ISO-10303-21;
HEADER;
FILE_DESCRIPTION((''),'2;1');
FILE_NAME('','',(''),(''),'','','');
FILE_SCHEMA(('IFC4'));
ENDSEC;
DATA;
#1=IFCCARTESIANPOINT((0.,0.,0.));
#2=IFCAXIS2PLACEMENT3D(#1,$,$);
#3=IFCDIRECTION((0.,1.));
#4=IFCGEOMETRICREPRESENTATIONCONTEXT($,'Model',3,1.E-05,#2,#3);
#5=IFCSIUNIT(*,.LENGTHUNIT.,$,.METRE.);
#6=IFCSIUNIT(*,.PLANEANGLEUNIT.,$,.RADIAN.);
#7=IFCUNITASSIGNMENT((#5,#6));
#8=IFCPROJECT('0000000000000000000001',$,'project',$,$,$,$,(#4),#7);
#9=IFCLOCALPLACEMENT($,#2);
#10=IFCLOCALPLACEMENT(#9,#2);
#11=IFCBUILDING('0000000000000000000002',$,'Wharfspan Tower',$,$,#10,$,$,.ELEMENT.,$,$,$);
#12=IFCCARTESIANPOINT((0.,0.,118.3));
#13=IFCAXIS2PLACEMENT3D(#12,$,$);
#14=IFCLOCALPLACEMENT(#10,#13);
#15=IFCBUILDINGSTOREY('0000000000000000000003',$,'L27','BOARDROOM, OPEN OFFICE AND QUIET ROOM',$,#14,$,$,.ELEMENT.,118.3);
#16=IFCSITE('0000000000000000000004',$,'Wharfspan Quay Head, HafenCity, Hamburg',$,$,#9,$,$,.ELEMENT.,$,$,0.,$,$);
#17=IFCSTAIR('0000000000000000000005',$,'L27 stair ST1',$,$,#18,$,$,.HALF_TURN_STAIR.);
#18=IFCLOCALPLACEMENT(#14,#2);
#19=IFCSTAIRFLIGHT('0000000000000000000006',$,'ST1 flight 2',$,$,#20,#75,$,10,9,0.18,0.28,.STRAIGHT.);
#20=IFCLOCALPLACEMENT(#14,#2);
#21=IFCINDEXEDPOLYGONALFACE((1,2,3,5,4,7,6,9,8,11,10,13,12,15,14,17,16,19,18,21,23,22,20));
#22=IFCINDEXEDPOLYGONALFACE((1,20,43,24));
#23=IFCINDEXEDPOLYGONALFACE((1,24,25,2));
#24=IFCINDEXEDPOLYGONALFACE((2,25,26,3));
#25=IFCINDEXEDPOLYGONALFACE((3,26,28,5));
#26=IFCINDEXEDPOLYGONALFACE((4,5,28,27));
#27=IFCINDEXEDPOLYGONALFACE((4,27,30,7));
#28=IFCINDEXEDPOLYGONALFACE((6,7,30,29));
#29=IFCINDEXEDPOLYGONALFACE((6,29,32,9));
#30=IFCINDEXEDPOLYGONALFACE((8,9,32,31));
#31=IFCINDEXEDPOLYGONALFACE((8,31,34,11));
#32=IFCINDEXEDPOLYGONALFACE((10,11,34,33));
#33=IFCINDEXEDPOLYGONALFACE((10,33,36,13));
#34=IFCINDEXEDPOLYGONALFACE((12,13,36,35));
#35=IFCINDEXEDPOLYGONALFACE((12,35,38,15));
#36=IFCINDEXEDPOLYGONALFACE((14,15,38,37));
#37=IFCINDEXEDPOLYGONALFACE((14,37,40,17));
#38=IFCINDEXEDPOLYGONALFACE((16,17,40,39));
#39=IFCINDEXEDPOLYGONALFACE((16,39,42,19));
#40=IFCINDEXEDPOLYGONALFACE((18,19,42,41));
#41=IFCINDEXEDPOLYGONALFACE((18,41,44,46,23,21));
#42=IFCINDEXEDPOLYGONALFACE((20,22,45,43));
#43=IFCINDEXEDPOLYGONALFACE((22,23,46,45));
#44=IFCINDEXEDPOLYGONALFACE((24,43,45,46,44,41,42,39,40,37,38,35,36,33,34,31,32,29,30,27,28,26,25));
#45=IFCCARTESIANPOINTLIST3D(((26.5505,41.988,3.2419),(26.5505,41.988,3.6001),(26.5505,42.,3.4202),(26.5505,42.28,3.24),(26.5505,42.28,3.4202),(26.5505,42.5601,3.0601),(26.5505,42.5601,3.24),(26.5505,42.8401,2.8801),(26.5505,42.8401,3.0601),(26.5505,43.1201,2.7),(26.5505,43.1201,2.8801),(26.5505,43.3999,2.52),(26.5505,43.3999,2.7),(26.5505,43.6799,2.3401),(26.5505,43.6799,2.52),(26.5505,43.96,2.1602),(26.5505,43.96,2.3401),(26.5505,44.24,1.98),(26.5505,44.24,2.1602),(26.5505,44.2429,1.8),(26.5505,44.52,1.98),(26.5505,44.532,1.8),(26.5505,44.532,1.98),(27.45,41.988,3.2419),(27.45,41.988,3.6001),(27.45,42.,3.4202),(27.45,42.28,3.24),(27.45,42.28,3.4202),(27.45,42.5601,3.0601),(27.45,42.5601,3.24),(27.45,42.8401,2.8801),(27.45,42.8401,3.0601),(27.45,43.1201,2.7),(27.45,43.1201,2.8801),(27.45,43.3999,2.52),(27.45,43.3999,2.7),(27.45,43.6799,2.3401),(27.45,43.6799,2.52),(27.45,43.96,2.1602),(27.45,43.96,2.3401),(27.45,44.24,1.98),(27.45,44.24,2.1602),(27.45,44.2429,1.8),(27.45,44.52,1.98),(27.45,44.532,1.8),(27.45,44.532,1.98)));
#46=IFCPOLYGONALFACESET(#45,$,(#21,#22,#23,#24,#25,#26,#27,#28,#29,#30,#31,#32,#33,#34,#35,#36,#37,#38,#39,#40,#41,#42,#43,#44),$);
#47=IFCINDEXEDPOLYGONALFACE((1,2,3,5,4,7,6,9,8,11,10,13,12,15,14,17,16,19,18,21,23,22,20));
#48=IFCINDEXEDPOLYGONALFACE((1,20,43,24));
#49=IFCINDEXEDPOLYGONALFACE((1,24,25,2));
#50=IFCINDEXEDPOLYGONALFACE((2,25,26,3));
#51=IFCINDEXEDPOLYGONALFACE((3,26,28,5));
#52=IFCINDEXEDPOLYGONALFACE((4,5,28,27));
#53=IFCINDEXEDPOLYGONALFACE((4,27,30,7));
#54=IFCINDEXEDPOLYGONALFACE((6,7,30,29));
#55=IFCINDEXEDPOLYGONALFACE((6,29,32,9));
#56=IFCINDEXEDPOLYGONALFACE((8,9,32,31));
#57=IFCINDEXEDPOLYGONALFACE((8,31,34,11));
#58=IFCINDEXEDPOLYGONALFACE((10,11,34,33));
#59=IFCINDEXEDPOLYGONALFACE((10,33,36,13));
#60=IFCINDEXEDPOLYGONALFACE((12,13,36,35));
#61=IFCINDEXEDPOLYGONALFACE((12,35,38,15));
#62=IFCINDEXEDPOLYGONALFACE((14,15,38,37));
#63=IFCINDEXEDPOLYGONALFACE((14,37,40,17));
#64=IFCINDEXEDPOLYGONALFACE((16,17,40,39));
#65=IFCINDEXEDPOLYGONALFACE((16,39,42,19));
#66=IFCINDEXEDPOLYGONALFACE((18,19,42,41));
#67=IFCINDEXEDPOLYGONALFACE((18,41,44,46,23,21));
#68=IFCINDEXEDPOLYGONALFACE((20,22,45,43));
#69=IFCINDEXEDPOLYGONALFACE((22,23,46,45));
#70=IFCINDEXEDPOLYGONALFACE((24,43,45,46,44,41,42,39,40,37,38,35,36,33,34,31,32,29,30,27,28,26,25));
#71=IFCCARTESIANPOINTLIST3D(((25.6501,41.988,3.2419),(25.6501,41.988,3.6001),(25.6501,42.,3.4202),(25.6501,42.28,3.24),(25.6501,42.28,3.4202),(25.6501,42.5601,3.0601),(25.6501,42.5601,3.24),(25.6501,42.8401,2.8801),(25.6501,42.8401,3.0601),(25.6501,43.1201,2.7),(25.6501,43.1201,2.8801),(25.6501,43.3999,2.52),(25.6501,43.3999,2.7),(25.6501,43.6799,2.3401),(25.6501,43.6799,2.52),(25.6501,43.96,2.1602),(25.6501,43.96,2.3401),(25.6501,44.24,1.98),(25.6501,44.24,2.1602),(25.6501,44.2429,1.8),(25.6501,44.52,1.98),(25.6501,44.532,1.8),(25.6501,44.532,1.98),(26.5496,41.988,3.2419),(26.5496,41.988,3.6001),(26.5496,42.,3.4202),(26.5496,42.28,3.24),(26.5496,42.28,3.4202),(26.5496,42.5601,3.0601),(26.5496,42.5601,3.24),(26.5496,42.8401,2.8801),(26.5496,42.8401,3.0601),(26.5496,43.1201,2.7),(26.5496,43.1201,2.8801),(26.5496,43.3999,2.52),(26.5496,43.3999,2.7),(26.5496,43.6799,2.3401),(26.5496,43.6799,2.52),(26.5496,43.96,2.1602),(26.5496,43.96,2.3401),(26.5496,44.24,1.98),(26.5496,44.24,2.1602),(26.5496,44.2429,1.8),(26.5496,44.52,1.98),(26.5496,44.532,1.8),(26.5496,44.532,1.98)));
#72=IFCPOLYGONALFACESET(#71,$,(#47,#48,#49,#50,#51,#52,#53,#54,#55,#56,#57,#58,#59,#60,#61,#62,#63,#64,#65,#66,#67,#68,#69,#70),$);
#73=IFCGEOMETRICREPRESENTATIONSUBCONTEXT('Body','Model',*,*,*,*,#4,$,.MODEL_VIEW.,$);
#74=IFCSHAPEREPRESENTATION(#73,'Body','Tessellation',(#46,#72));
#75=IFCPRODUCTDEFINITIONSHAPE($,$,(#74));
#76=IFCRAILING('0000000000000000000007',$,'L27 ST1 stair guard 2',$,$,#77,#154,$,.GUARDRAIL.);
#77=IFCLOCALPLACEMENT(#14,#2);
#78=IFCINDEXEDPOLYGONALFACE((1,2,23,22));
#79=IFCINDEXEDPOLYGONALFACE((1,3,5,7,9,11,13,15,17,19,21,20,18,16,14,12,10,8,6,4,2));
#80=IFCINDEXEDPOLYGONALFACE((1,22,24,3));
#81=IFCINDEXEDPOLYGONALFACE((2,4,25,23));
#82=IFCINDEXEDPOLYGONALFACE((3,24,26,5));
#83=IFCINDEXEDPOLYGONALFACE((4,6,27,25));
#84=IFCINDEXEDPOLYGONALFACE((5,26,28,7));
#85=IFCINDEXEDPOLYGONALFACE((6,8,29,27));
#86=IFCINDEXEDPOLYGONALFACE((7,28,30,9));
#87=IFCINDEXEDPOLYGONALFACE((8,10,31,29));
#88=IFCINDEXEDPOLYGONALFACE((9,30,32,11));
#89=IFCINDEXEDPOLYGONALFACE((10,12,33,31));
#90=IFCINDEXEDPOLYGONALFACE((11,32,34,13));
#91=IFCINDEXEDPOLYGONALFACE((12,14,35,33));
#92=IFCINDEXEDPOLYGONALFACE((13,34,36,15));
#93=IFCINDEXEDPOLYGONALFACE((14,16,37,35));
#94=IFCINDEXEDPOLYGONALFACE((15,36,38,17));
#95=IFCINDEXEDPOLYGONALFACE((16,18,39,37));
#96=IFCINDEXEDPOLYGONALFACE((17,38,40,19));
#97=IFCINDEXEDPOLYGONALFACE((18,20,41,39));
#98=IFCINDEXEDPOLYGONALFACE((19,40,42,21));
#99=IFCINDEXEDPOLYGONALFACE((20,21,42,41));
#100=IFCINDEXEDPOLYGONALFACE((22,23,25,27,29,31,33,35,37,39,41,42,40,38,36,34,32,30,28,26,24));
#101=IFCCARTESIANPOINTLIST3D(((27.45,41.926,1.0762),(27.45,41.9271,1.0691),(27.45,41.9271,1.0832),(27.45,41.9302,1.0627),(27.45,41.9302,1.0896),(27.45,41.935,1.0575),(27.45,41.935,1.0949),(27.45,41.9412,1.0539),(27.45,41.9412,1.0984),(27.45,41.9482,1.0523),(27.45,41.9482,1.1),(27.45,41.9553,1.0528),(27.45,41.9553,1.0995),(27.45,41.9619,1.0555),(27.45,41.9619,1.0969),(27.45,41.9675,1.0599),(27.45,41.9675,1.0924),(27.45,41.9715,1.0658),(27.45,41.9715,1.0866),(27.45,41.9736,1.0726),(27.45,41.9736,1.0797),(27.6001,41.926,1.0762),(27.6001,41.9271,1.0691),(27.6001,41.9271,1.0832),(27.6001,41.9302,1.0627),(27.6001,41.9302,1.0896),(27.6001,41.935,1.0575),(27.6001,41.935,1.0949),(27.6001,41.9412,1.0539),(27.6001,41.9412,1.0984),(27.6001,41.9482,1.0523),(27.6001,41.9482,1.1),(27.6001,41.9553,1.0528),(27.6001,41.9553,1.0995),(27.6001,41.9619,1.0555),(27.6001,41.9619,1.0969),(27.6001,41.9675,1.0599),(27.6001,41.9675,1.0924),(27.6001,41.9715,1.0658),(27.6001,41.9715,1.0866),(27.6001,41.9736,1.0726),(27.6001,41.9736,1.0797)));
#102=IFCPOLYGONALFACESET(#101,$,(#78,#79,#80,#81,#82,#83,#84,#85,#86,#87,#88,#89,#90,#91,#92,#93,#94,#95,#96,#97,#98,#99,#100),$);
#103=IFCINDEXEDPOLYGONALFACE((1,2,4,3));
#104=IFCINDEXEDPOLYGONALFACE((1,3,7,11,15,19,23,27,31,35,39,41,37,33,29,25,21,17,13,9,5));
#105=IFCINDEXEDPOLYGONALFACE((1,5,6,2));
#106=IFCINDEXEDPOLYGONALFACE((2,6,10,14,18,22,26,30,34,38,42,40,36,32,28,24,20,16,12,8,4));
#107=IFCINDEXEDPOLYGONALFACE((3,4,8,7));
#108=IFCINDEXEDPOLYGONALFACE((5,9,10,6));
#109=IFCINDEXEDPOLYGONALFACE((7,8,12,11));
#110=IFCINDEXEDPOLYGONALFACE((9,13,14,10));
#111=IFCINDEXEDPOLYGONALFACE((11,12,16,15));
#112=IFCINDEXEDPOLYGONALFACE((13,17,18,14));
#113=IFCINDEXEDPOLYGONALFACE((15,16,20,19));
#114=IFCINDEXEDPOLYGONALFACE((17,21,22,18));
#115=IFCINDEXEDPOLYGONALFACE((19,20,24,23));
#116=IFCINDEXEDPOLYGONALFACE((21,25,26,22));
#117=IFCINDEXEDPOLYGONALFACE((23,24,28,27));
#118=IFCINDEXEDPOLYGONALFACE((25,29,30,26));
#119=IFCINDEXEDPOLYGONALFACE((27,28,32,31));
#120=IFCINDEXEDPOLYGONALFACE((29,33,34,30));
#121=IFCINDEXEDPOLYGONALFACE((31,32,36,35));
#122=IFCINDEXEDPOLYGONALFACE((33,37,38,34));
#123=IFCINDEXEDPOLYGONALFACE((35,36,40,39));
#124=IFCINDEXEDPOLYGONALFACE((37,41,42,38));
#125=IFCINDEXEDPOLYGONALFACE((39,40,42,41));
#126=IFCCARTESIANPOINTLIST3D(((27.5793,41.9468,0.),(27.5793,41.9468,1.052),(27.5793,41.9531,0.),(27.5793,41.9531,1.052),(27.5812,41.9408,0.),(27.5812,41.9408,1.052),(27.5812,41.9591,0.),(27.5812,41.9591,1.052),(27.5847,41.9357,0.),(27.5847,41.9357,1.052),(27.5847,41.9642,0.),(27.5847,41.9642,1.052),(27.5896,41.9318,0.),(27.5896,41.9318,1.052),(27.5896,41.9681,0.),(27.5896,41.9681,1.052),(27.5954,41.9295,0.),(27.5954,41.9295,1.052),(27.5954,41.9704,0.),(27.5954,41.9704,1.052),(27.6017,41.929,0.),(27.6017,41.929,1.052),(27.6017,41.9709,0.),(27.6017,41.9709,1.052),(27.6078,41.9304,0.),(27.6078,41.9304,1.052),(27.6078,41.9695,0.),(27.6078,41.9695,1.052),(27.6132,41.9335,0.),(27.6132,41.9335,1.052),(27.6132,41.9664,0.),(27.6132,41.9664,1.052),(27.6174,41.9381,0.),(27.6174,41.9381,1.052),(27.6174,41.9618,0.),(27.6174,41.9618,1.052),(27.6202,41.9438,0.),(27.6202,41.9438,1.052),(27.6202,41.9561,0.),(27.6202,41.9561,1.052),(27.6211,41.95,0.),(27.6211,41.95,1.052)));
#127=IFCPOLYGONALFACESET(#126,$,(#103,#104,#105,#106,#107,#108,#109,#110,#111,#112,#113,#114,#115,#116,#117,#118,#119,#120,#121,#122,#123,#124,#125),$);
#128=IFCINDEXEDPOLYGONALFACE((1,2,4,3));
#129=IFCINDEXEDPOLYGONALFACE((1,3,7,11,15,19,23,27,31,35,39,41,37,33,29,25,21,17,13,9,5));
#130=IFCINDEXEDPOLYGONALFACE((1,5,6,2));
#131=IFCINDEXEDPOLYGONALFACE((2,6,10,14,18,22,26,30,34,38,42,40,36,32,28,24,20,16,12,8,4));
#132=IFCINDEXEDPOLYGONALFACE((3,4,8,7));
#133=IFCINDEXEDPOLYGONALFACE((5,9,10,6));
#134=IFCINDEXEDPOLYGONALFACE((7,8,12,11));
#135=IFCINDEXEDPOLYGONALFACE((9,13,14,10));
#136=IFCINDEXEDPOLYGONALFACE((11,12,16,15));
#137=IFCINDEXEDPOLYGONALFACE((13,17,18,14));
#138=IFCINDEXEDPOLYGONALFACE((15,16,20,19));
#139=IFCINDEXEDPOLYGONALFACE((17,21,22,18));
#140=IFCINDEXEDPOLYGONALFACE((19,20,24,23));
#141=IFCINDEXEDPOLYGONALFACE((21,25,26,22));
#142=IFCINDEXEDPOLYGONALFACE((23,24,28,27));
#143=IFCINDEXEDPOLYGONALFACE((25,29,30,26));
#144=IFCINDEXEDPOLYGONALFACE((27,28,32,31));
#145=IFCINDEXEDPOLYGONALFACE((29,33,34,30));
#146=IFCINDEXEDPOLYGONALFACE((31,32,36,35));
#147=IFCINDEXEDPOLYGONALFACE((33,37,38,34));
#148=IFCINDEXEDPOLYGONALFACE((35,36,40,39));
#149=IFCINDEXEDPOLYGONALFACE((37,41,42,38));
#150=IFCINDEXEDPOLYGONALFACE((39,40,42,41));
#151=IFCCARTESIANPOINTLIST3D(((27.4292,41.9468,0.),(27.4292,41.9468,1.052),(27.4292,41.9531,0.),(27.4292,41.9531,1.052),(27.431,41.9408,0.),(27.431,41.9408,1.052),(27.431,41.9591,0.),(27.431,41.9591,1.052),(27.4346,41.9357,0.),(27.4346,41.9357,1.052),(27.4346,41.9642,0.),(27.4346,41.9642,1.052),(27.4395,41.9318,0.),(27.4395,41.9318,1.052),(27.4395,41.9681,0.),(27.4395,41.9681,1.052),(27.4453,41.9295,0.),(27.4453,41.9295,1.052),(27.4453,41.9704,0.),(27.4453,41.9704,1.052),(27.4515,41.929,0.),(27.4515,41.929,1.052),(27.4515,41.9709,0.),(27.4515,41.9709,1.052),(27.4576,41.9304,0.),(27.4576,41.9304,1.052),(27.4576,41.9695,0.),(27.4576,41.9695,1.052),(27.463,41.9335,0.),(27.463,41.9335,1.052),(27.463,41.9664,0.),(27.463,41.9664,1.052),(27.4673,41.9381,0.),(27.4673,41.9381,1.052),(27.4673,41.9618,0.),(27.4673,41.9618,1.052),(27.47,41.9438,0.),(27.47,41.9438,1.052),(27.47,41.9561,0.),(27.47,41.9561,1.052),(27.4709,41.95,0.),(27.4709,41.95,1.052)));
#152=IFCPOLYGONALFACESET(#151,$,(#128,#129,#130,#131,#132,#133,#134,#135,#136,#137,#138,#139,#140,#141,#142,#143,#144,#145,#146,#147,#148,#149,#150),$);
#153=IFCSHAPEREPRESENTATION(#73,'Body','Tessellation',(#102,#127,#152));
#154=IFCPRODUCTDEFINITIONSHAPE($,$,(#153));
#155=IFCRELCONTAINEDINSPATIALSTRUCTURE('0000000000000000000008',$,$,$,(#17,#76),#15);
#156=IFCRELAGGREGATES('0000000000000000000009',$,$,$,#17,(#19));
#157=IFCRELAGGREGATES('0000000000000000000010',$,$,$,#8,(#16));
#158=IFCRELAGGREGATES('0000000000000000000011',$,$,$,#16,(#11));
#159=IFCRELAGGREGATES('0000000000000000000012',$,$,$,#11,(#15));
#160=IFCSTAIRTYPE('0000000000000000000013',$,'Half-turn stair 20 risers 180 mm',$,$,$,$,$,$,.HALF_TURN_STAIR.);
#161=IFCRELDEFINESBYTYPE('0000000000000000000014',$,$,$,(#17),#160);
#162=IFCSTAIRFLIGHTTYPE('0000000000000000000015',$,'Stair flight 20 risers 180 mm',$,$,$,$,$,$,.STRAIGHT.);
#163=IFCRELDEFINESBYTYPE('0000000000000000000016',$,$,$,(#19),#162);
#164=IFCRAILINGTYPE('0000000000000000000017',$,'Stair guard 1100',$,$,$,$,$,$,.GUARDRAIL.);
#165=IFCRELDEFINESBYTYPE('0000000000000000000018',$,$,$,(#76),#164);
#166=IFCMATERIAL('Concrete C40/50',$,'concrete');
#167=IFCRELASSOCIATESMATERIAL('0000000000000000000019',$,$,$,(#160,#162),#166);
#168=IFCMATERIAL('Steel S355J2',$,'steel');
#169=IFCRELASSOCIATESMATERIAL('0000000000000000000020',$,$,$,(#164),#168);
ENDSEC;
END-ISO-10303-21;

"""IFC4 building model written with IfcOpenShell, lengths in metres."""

from ifc_helpers import new_model, si_unit, direction, frame, origin, origin_2d, place, context, subcontext, project, spatial, polyline, circle, outline, extrude, material, type_object, element, aggregate, save


model = new_model("IFC4")

# Units and contexts
model_context = context("Model", 3, precision=1e-05, world=origin(), true_north=direction((0.0, 1.0)))
body_context = subcontext(model_context, "Body", "Model", "MODEL_VIEW")
ifc_project = project(units=[si_unit("LENGTHUNIT", "METRE"), si_unit("PLANEANGLEUNIT", "RADIAN")], contexts=[model_context])

# Site, building, storey
site_placement = place(None, origin())
site = spatial("IfcSite", under=ifc_project, at=site_placement, Name="Wharfspan Quay Head, HafenCity, Hamburg", CompositionType="ELEMENT", RefElevation=0.0)
building_placement = place(site_placement, origin())
building = spatial("IfcBuilding", under=site, at=building_placement, Name="Wharfspan Tower", CompositionType="ELEMENT")
storey_placement = place(building_placement, frame((0.0, 0.0, 118.3)))
storey = spatial("IfcBuildingStorey", under=building, at=storey_placement, Name="L27", Description="BOARDROOM, OPEN OFFICE AND QUIET ROOM", CompositionType="ELEMENT", Elevation=118.3)

# Shared definitions
ifc_material_1 = material(Name="Steel S355J2", Category="steel")

# Shared definitions
ifc_material_2 = material(Name="Concrete C40/50", Category="concrete")

# Stair, stair flight
stair_type = type_object("IfcStairType", Name="Half-turn stair 20 risers 180 mm", PredefinedType="HALF_TURN_STAIR", material=ifc_material_2)
stair_placement = place(storey_placement, origin())
stair = element("IfcStair", 1, at=stair_placement, inside=storey, type_object=stair_type, Name="L27 stair ST1", PredefinedType="HALF_TURN_STAIR")
stair_flight_type = type_object("IfcStairFlightType", Name="Stair flight 20 risers 180 mm", PredefinedType="STRAIGHT", material=ifc_material_2)
stair_flight_1_placement = place(storey_placement, frame((26.55, 44.52, 1.8), z_axis=(0.0, 0.0, 1.0), x_axis=(0.0, -1.0, 0.0)))
stair_flight_1 = element("IfcStairFlight", 2, at=stair_flight_1_placement, type_object=stair_flight_type, Name="ST1 flight 2", NumberOfRisers=10, NumberOfTreads=9, PredefinedType="STRAIGHT", RiserHeight=0.18, TreadLength=0.28, context=body_context, shape_type="SweptSolid", body=[
    extrude(outline(polyline([(-0.012, 0.0), (-0.012, 0.1799), (0.0, 0.1799), (0.28, 0.1799), (0.28, 0.3601), (0.5601, 0.3601), (0.5601, 0.54), (0.8401, 0.54), (0.8401, 0.72), (1.1201, 0.72), (1.1201, 0.8999), (1.3999, 0.8999), (1.3999, 1.0801), (1.6799, 1.0801), (1.6799, 1.26), (1.96, 1.26), (1.96, 1.4399), (2.24, 1.4399), (2.24, 1.6201), (2.52, 1.6201), (2.532, 1.8), (2.532, 1.4419), (0.2771, 0.0), (-0.012, 0.0)])), frame((0.0, 0.8999, 0.0), z_axis=(0.0, -1.0, 0.0), x_axis=(1.0, 0.0, 0.0)), (0.0, 0.0, 1.0), 0.8994),
    extrude(outline(polyline([(-0.012, 0.0), (-0.012, 0.1799), (0.0, 0.1799), (0.28, 0.1799), (0.28, 0.3601), (0.5601, 0.3601), (0.5601, 0.54), (0.8401, 0.54), (0.8401, 0.72), (1.1201, 0.72), (1.1201, 0.8999), (1.3999, 0.8999), (1.3999, 1.0801), (1.6799, 1.0801), (1.6799, 1.26), (1.96, 1.26), (1.96, 1.4399), (2.24, 1.4399), (2.24, 1.6201), (2.52, 1.6201), (2.532, 1.8), (2.532, 1.4419), (0.2771, 0.0), (-0.012, 0.0)])), frame((0.0, -0.0005, 0.0), z_axis=(0.0, -1.0, 0.0), x_axis=(1.0, 0.0, 0.0)), (0.0, 0.0, 1.0), 0.8994),
])
aggregate(stair, [stair_flight_1])

# Railing
railing_type_1 = type_object("IfcRailingType", Name="Stair guard 1100", PredefinedType="GUARDRAIL", material=ifc_material_1)
railing_1_placement = place(storey_placement, frame((27.6001, 41.95, 0.0)))
element("IfcRailing", 3, at=railing_1_placement, inside=storey, type_object=railing_type_1, Name="L27 ST1 stair guard 2", PredefinedType="GUARDRAIL", context=body_context, shape_type="SweptSolid", body=[
    extrude(circle(Radius=0.0239, at=origin_2d()), frame((0.0, 0.0, 1.0762), z_axis=(-1.0, 0.0, 0.0), x_axis=(0.0, -1.0, 0.0)), (0.0, 0.0, 1.0), 0.1501),
    extrude(circle(Radius=0.021, at=origin_2d()), origin(), (0.0, 0.0, 1.0), 1.052),
    extrude(circle(Radius=0.021, at=origin_2d()), frame((-0.1501, 0.0, 0.0)), (0.0, 0.0, 1.0), 1.052),
])

save(model, "model.ifc")
